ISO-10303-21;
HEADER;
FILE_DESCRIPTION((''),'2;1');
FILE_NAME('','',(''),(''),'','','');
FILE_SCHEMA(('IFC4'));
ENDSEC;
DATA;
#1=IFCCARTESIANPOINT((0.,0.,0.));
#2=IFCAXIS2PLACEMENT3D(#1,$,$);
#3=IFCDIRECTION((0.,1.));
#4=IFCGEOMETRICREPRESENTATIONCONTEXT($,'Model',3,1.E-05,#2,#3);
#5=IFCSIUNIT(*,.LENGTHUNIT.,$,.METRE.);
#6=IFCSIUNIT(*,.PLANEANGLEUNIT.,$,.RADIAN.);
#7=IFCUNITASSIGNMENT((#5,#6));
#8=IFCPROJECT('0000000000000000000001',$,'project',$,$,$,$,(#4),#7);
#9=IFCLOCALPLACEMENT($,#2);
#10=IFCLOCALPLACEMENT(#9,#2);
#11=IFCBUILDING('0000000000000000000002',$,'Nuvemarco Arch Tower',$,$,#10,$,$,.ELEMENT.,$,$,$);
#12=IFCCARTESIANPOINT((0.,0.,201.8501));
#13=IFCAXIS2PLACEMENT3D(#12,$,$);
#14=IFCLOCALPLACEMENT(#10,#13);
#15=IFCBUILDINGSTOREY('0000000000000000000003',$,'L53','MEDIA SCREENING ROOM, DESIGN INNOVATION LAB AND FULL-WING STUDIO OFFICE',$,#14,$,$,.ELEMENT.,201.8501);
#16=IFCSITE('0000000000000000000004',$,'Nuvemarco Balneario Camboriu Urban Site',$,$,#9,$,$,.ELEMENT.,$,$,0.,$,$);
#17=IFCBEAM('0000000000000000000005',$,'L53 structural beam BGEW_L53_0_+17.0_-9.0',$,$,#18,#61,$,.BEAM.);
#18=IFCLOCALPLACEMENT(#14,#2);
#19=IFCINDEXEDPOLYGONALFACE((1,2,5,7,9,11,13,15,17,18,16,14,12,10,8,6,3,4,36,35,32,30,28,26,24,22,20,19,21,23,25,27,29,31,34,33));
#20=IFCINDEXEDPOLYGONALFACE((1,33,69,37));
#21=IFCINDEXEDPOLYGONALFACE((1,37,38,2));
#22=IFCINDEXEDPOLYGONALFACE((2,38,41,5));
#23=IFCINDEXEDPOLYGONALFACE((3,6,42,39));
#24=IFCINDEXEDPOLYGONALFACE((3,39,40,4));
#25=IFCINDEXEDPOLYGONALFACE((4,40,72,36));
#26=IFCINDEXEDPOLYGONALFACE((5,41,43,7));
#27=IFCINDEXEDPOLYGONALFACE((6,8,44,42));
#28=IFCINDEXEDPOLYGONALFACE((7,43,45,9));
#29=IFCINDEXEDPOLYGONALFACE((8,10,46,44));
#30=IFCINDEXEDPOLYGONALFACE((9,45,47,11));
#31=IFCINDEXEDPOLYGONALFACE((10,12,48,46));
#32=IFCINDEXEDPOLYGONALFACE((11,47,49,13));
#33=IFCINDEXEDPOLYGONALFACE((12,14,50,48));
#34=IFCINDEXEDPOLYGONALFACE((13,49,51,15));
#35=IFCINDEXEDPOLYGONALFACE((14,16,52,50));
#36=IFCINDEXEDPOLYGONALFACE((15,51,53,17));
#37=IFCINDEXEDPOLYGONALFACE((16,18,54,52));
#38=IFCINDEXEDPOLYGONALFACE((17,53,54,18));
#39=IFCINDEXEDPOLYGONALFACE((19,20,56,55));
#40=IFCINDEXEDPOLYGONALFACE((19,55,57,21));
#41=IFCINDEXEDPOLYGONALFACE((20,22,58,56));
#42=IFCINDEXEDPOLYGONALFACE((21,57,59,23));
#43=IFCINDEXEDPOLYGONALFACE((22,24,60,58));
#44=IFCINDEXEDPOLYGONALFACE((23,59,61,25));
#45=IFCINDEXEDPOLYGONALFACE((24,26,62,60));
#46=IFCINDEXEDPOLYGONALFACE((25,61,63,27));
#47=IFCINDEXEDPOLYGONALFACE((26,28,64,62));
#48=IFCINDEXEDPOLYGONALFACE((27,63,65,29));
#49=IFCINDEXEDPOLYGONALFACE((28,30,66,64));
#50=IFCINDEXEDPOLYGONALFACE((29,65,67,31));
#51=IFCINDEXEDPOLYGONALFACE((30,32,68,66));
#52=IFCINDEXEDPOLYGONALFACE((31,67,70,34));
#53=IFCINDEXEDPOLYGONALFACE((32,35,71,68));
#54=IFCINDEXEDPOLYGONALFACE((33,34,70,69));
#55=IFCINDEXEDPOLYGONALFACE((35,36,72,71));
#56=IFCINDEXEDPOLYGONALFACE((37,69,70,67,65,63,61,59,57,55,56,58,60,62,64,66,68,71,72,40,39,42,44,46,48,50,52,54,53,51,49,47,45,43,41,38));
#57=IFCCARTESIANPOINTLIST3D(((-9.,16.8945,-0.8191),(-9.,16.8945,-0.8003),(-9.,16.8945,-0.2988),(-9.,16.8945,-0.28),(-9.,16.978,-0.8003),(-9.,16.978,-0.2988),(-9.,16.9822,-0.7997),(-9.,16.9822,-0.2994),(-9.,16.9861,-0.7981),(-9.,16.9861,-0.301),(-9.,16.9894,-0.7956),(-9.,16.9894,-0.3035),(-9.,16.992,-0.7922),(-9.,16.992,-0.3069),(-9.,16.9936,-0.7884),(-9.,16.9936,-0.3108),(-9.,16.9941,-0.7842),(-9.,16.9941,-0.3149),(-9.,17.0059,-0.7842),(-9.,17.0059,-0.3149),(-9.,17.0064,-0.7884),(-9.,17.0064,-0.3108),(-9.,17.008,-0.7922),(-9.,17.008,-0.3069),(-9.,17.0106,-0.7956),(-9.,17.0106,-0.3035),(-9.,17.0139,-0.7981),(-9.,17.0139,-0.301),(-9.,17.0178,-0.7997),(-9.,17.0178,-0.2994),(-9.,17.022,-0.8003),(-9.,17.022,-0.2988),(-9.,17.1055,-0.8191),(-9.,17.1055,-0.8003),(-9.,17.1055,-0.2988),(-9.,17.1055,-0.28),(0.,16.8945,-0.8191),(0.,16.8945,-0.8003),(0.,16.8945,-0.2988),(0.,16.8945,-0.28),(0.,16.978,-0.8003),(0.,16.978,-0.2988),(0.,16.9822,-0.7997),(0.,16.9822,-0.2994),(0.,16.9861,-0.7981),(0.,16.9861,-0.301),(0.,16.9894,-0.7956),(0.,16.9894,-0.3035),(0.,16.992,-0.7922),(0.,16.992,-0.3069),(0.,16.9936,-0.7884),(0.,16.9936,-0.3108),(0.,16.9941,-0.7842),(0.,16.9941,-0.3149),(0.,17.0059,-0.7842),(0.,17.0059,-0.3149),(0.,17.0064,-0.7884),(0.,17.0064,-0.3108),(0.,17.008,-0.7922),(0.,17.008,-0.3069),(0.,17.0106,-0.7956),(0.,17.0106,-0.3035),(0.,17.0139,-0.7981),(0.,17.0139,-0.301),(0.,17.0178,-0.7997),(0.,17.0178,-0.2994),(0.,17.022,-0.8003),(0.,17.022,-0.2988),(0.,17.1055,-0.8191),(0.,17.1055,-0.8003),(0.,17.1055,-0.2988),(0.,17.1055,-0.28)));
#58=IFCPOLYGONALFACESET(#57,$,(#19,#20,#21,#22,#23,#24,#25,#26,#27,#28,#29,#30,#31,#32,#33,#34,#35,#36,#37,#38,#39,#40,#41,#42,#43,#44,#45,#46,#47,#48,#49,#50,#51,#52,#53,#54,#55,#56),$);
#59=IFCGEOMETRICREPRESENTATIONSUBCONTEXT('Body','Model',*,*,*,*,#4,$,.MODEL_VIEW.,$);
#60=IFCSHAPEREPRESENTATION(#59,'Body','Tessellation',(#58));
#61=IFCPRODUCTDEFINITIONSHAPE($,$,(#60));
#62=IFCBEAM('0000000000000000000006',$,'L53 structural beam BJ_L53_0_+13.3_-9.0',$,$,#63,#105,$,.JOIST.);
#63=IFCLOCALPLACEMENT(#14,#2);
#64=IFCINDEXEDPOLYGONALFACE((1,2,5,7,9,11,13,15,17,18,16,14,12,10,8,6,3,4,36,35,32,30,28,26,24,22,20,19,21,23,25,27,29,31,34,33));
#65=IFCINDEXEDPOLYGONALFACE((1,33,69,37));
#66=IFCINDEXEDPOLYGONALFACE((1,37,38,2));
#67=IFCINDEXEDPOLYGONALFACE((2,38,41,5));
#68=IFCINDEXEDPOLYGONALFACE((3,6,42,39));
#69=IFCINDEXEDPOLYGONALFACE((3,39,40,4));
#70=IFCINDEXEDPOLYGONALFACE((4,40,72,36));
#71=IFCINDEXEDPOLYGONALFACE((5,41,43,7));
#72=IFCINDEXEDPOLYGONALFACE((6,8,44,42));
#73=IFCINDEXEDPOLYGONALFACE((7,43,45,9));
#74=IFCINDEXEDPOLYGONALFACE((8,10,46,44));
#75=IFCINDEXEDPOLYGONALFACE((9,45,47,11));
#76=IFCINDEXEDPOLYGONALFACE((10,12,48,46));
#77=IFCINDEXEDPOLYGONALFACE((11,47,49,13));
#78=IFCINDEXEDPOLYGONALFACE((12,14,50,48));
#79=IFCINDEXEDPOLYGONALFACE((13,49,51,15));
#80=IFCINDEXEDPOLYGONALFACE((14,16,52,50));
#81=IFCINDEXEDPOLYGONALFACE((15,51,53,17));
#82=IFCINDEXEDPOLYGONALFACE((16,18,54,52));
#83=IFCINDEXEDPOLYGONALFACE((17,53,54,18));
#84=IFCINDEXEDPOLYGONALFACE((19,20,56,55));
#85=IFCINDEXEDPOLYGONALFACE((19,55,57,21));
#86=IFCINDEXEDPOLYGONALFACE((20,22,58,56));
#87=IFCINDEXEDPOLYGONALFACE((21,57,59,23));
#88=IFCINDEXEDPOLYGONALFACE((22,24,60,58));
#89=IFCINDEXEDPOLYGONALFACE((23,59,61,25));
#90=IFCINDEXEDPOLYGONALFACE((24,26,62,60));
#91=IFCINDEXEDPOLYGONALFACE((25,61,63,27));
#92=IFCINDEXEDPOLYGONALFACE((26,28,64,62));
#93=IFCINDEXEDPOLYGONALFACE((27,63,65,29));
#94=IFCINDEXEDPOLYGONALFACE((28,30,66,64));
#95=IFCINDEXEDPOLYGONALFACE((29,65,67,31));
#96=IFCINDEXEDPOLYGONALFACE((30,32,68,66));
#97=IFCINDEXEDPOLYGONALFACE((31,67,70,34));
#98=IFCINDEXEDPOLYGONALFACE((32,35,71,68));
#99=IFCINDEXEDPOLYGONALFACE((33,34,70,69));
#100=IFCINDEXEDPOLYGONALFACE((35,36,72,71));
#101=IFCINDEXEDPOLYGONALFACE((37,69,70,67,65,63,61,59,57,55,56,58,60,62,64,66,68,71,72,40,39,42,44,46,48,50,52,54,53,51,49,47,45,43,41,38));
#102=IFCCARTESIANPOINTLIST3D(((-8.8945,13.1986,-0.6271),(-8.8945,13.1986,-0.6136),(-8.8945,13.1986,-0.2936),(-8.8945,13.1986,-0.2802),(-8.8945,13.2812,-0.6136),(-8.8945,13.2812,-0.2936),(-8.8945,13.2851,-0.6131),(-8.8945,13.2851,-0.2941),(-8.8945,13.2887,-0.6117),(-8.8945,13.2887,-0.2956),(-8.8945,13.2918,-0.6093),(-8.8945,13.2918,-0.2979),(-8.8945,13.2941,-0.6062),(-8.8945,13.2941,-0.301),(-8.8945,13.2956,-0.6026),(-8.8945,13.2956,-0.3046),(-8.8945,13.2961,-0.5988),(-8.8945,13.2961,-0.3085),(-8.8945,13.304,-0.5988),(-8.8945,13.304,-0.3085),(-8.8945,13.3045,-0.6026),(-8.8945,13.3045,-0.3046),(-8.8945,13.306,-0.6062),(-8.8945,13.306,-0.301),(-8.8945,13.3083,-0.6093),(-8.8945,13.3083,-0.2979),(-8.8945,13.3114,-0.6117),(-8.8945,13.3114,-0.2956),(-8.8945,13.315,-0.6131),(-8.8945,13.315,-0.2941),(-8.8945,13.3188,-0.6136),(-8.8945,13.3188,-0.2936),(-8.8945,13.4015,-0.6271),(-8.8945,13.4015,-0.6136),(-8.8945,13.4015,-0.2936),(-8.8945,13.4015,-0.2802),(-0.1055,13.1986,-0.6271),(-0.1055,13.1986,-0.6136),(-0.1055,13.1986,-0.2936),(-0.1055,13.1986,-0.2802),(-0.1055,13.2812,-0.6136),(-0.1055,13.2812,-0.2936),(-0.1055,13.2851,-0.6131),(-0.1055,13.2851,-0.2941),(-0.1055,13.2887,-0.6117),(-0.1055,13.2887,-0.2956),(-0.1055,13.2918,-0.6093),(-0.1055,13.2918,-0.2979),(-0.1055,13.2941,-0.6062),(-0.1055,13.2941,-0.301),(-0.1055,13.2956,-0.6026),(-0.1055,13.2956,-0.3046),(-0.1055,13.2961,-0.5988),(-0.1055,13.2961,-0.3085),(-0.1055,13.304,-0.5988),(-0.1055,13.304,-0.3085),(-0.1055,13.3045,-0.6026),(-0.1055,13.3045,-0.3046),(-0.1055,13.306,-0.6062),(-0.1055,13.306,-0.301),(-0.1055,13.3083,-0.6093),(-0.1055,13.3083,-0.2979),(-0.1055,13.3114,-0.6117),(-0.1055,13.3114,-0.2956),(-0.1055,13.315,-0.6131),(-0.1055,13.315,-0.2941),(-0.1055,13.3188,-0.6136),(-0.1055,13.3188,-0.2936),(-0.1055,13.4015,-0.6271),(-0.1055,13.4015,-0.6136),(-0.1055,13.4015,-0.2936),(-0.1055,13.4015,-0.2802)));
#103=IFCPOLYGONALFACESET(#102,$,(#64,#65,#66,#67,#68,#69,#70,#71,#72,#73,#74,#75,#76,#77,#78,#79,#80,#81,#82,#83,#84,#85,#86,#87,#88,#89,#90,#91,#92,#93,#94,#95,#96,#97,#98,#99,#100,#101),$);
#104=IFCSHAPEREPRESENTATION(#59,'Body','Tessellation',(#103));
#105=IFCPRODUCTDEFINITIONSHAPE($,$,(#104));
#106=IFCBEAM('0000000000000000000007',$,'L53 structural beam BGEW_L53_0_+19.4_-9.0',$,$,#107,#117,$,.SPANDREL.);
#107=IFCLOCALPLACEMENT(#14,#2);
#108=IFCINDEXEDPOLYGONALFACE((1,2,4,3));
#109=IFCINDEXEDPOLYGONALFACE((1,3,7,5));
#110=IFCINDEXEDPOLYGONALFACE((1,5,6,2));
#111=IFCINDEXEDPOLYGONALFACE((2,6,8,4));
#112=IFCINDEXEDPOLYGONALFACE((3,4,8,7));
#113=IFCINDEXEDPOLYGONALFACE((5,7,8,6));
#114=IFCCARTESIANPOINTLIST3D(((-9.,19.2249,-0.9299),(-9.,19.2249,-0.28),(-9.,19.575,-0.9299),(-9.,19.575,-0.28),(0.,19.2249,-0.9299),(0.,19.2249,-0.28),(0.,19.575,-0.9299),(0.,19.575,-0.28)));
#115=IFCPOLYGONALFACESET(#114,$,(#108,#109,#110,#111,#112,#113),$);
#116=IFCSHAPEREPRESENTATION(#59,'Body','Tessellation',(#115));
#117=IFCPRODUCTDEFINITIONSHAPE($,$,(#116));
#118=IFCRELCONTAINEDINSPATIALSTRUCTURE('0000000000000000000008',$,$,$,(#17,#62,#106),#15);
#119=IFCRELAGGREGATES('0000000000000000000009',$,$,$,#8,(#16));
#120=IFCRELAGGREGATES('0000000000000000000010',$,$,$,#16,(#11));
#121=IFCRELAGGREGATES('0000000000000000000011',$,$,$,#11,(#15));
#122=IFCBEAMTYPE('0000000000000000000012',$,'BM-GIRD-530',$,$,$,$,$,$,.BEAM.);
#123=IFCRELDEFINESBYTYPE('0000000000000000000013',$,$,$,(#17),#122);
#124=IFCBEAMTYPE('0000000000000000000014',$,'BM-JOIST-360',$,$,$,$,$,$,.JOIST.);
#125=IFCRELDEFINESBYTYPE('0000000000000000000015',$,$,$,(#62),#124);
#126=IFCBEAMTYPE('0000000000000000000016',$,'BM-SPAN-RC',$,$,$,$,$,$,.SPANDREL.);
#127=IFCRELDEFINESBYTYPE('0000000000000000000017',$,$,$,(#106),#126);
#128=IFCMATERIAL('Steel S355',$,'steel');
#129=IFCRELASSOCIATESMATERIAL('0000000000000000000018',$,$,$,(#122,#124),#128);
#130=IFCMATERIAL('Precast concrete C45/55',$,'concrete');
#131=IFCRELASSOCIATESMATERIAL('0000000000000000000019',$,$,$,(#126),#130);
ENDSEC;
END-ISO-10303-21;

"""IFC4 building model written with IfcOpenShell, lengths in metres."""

from ifc_helpers import new_model, si_unit, direction, frame, origin, origin_2d, place, context, subcontext, project, spatial, rectangle, i_section, extrude, material, material_profile, profile_set, type_object, element, save


model = new_model("IFC4")

# Units and contexts
model_context = context("Model", 3, precision=1e-05, world=origin(), true_north=direction((0.0, 1.0)))
body_context = subcontext(model_context, "Body", "Model", "MODEL_VIEW")
ifc_project = project(units=[si_unit("LENGTHUNIT", "METRE"), si_unit("PLANEANGLEUNIT", "RADIAN")], contexts=[model_context])

# Site, building, storey
site_placement = place(None, origin())
site = spatial("IfcSite", under=ifc_project, at=site_placement, Name="Nuvemarco Balneario Camboriu Urban Site", CompositionType="ELEMENT", RefElevation=0.0)
building_placement = place(site_placement, origin())
building = spatial("IfcBuilding", under=site, at=building_placement, Name="Nuvemarco Arch Tower", CompositionType="ELEMENT")
storey_placement = place(building_placement, frame((0.0, 0.0, 201.8501)))
storey = spatial("IfcBuildingStorey", under=building, at=storey_placement, Name="L53", Description="MEDIA SCREENING ROOM, DESIGN INNOVATION LAB AND FULL-WING STUDIO OFFICE", CompositionType="ELEMENT", Elevation=201.8501)

# Shared definitions
ifc_material_1 = material(Name="Steel S355", Category="steel")

# Beams
ifc_material_profile_1 = material_profile(ifc_material_1, i_section(OverallWidth=0.2109, OverallDepth=0.5391, WebThickness=0.0117, FlangeThickness=0.0188, FilletRadius=0.0161, at=origin_2d()), Name="W530x109")
ifc_profile_set_1 = profile_set([ifc_material_profile_1], Name="Steel S355")
beam_type_1 = type_object("IfcBeamType", Name="BM-GIRD-530", PredefinedType="BEAM", material=ifc_profile_set_1)
beam_1_placement = place(storey_placement, frame((-9.0, 17.0, -0.5496), z_axis=(1.0, 0.0, 0.0), x_axis=(0.0, 1.0, 0.0)))
element("IfcBeam", 1, at=beam_1_placement, inside=storey, type_object=beam_type_1, Name="L53 structural beam BGEW_L53_0_+17.0_-9.0", PredefinedType="BEAM", context=body_context, shape_type="SweptSolid", body=[
    extrude(i_section(OverallWidth=0.2109, OverallDepth=0.5391, WebThickness=0.0117, FlangeThickness=0.0188, FilletRadius=0.0161, at=origin_2d()), origin(), (0.0, 0.0, 1.0), 9.0),
])
ifc_material_profile_2 = material_profile(ifc_material_1, i_section(OverallWidth=0.2029, OverallDepth=0.3469, WebThickness=0.0078, FlangeThickness=0.0134, FilletRadius=0.0149, at=origin_2d()), Name="W360x64")
ifc_profile_set_2 = profile_set([ifc_material_profile_2], Name="Steel S355")
beam_type_2 = type_object("IfcBeamType", Name="BM-JOIST-360", PredefinedType="JOIST", material=ifc_profile_set_2)
beam_2_placement = place(storey_placement, frame((-8.8945, 13.3, -0.4536), z_axis=(1.0, 0.0, 0.0), x_axis=(0.0, 1.0, 0.0)))
element("IfcBeam", 2, at=beam_2_placement, inside=storey, type_object=beam_type_2, Name="L53 structural beam BJ_L53_0_+13.3_-9.0", PredefinedType="JOIST", context=body_context, shape_type="SweptSolid", body=[
    extrude(i_section(OverallWidth=0.2029, OverallDepth=0.3469, WebThickness=0.0078, FlangeThickness=0.0134, FilletRadius=0.0149, at=origin_2d()), origin(), (0.0, 0.0, 1.0), 8.7891),
])
ifc_material_2 = material(Name="Precast concrete C45/55", Category="concrete")
ifc_material_profile_3 = material_profile(ifc_material_2, rectangle(XDim=0.3501, YDim=0.6499, at=origin_2d()), Name="PC-SP-350x650")
ifc_profile_set_3 = profile_set([ifc_material_profile_3], Name="Precast concrete C45/55")
beam_type_3 = type_object("IfcBeamType", Name="BM-SPAN-RC", PredefinedType="SPANDREL", material=ifc_profile_set_3)
beam_3_placement = place(storey_placement, frame((-9.0, 19.3999, -0.605), z_axis=(1.0, 0.0, 0.0), x_axis=(0.0, 1.0, 0.0)))
element("IfcBeam", 3, at=beam_3_placement, inside=storey, type_object=beam_type_3, Name="L53 structural beam BGEW_L53_0_+19.4_-9.0", PredefinedType="SPANDREL", context=body_context, shape_type="SweptSolid", body=[
    extrude(rectangle(XDim=0.3501, YDim=0.6499, at=origin_2d()), origin(), (0.0, 0.0, 1.0), 9.0),
])

save(model, "model.ifc")
